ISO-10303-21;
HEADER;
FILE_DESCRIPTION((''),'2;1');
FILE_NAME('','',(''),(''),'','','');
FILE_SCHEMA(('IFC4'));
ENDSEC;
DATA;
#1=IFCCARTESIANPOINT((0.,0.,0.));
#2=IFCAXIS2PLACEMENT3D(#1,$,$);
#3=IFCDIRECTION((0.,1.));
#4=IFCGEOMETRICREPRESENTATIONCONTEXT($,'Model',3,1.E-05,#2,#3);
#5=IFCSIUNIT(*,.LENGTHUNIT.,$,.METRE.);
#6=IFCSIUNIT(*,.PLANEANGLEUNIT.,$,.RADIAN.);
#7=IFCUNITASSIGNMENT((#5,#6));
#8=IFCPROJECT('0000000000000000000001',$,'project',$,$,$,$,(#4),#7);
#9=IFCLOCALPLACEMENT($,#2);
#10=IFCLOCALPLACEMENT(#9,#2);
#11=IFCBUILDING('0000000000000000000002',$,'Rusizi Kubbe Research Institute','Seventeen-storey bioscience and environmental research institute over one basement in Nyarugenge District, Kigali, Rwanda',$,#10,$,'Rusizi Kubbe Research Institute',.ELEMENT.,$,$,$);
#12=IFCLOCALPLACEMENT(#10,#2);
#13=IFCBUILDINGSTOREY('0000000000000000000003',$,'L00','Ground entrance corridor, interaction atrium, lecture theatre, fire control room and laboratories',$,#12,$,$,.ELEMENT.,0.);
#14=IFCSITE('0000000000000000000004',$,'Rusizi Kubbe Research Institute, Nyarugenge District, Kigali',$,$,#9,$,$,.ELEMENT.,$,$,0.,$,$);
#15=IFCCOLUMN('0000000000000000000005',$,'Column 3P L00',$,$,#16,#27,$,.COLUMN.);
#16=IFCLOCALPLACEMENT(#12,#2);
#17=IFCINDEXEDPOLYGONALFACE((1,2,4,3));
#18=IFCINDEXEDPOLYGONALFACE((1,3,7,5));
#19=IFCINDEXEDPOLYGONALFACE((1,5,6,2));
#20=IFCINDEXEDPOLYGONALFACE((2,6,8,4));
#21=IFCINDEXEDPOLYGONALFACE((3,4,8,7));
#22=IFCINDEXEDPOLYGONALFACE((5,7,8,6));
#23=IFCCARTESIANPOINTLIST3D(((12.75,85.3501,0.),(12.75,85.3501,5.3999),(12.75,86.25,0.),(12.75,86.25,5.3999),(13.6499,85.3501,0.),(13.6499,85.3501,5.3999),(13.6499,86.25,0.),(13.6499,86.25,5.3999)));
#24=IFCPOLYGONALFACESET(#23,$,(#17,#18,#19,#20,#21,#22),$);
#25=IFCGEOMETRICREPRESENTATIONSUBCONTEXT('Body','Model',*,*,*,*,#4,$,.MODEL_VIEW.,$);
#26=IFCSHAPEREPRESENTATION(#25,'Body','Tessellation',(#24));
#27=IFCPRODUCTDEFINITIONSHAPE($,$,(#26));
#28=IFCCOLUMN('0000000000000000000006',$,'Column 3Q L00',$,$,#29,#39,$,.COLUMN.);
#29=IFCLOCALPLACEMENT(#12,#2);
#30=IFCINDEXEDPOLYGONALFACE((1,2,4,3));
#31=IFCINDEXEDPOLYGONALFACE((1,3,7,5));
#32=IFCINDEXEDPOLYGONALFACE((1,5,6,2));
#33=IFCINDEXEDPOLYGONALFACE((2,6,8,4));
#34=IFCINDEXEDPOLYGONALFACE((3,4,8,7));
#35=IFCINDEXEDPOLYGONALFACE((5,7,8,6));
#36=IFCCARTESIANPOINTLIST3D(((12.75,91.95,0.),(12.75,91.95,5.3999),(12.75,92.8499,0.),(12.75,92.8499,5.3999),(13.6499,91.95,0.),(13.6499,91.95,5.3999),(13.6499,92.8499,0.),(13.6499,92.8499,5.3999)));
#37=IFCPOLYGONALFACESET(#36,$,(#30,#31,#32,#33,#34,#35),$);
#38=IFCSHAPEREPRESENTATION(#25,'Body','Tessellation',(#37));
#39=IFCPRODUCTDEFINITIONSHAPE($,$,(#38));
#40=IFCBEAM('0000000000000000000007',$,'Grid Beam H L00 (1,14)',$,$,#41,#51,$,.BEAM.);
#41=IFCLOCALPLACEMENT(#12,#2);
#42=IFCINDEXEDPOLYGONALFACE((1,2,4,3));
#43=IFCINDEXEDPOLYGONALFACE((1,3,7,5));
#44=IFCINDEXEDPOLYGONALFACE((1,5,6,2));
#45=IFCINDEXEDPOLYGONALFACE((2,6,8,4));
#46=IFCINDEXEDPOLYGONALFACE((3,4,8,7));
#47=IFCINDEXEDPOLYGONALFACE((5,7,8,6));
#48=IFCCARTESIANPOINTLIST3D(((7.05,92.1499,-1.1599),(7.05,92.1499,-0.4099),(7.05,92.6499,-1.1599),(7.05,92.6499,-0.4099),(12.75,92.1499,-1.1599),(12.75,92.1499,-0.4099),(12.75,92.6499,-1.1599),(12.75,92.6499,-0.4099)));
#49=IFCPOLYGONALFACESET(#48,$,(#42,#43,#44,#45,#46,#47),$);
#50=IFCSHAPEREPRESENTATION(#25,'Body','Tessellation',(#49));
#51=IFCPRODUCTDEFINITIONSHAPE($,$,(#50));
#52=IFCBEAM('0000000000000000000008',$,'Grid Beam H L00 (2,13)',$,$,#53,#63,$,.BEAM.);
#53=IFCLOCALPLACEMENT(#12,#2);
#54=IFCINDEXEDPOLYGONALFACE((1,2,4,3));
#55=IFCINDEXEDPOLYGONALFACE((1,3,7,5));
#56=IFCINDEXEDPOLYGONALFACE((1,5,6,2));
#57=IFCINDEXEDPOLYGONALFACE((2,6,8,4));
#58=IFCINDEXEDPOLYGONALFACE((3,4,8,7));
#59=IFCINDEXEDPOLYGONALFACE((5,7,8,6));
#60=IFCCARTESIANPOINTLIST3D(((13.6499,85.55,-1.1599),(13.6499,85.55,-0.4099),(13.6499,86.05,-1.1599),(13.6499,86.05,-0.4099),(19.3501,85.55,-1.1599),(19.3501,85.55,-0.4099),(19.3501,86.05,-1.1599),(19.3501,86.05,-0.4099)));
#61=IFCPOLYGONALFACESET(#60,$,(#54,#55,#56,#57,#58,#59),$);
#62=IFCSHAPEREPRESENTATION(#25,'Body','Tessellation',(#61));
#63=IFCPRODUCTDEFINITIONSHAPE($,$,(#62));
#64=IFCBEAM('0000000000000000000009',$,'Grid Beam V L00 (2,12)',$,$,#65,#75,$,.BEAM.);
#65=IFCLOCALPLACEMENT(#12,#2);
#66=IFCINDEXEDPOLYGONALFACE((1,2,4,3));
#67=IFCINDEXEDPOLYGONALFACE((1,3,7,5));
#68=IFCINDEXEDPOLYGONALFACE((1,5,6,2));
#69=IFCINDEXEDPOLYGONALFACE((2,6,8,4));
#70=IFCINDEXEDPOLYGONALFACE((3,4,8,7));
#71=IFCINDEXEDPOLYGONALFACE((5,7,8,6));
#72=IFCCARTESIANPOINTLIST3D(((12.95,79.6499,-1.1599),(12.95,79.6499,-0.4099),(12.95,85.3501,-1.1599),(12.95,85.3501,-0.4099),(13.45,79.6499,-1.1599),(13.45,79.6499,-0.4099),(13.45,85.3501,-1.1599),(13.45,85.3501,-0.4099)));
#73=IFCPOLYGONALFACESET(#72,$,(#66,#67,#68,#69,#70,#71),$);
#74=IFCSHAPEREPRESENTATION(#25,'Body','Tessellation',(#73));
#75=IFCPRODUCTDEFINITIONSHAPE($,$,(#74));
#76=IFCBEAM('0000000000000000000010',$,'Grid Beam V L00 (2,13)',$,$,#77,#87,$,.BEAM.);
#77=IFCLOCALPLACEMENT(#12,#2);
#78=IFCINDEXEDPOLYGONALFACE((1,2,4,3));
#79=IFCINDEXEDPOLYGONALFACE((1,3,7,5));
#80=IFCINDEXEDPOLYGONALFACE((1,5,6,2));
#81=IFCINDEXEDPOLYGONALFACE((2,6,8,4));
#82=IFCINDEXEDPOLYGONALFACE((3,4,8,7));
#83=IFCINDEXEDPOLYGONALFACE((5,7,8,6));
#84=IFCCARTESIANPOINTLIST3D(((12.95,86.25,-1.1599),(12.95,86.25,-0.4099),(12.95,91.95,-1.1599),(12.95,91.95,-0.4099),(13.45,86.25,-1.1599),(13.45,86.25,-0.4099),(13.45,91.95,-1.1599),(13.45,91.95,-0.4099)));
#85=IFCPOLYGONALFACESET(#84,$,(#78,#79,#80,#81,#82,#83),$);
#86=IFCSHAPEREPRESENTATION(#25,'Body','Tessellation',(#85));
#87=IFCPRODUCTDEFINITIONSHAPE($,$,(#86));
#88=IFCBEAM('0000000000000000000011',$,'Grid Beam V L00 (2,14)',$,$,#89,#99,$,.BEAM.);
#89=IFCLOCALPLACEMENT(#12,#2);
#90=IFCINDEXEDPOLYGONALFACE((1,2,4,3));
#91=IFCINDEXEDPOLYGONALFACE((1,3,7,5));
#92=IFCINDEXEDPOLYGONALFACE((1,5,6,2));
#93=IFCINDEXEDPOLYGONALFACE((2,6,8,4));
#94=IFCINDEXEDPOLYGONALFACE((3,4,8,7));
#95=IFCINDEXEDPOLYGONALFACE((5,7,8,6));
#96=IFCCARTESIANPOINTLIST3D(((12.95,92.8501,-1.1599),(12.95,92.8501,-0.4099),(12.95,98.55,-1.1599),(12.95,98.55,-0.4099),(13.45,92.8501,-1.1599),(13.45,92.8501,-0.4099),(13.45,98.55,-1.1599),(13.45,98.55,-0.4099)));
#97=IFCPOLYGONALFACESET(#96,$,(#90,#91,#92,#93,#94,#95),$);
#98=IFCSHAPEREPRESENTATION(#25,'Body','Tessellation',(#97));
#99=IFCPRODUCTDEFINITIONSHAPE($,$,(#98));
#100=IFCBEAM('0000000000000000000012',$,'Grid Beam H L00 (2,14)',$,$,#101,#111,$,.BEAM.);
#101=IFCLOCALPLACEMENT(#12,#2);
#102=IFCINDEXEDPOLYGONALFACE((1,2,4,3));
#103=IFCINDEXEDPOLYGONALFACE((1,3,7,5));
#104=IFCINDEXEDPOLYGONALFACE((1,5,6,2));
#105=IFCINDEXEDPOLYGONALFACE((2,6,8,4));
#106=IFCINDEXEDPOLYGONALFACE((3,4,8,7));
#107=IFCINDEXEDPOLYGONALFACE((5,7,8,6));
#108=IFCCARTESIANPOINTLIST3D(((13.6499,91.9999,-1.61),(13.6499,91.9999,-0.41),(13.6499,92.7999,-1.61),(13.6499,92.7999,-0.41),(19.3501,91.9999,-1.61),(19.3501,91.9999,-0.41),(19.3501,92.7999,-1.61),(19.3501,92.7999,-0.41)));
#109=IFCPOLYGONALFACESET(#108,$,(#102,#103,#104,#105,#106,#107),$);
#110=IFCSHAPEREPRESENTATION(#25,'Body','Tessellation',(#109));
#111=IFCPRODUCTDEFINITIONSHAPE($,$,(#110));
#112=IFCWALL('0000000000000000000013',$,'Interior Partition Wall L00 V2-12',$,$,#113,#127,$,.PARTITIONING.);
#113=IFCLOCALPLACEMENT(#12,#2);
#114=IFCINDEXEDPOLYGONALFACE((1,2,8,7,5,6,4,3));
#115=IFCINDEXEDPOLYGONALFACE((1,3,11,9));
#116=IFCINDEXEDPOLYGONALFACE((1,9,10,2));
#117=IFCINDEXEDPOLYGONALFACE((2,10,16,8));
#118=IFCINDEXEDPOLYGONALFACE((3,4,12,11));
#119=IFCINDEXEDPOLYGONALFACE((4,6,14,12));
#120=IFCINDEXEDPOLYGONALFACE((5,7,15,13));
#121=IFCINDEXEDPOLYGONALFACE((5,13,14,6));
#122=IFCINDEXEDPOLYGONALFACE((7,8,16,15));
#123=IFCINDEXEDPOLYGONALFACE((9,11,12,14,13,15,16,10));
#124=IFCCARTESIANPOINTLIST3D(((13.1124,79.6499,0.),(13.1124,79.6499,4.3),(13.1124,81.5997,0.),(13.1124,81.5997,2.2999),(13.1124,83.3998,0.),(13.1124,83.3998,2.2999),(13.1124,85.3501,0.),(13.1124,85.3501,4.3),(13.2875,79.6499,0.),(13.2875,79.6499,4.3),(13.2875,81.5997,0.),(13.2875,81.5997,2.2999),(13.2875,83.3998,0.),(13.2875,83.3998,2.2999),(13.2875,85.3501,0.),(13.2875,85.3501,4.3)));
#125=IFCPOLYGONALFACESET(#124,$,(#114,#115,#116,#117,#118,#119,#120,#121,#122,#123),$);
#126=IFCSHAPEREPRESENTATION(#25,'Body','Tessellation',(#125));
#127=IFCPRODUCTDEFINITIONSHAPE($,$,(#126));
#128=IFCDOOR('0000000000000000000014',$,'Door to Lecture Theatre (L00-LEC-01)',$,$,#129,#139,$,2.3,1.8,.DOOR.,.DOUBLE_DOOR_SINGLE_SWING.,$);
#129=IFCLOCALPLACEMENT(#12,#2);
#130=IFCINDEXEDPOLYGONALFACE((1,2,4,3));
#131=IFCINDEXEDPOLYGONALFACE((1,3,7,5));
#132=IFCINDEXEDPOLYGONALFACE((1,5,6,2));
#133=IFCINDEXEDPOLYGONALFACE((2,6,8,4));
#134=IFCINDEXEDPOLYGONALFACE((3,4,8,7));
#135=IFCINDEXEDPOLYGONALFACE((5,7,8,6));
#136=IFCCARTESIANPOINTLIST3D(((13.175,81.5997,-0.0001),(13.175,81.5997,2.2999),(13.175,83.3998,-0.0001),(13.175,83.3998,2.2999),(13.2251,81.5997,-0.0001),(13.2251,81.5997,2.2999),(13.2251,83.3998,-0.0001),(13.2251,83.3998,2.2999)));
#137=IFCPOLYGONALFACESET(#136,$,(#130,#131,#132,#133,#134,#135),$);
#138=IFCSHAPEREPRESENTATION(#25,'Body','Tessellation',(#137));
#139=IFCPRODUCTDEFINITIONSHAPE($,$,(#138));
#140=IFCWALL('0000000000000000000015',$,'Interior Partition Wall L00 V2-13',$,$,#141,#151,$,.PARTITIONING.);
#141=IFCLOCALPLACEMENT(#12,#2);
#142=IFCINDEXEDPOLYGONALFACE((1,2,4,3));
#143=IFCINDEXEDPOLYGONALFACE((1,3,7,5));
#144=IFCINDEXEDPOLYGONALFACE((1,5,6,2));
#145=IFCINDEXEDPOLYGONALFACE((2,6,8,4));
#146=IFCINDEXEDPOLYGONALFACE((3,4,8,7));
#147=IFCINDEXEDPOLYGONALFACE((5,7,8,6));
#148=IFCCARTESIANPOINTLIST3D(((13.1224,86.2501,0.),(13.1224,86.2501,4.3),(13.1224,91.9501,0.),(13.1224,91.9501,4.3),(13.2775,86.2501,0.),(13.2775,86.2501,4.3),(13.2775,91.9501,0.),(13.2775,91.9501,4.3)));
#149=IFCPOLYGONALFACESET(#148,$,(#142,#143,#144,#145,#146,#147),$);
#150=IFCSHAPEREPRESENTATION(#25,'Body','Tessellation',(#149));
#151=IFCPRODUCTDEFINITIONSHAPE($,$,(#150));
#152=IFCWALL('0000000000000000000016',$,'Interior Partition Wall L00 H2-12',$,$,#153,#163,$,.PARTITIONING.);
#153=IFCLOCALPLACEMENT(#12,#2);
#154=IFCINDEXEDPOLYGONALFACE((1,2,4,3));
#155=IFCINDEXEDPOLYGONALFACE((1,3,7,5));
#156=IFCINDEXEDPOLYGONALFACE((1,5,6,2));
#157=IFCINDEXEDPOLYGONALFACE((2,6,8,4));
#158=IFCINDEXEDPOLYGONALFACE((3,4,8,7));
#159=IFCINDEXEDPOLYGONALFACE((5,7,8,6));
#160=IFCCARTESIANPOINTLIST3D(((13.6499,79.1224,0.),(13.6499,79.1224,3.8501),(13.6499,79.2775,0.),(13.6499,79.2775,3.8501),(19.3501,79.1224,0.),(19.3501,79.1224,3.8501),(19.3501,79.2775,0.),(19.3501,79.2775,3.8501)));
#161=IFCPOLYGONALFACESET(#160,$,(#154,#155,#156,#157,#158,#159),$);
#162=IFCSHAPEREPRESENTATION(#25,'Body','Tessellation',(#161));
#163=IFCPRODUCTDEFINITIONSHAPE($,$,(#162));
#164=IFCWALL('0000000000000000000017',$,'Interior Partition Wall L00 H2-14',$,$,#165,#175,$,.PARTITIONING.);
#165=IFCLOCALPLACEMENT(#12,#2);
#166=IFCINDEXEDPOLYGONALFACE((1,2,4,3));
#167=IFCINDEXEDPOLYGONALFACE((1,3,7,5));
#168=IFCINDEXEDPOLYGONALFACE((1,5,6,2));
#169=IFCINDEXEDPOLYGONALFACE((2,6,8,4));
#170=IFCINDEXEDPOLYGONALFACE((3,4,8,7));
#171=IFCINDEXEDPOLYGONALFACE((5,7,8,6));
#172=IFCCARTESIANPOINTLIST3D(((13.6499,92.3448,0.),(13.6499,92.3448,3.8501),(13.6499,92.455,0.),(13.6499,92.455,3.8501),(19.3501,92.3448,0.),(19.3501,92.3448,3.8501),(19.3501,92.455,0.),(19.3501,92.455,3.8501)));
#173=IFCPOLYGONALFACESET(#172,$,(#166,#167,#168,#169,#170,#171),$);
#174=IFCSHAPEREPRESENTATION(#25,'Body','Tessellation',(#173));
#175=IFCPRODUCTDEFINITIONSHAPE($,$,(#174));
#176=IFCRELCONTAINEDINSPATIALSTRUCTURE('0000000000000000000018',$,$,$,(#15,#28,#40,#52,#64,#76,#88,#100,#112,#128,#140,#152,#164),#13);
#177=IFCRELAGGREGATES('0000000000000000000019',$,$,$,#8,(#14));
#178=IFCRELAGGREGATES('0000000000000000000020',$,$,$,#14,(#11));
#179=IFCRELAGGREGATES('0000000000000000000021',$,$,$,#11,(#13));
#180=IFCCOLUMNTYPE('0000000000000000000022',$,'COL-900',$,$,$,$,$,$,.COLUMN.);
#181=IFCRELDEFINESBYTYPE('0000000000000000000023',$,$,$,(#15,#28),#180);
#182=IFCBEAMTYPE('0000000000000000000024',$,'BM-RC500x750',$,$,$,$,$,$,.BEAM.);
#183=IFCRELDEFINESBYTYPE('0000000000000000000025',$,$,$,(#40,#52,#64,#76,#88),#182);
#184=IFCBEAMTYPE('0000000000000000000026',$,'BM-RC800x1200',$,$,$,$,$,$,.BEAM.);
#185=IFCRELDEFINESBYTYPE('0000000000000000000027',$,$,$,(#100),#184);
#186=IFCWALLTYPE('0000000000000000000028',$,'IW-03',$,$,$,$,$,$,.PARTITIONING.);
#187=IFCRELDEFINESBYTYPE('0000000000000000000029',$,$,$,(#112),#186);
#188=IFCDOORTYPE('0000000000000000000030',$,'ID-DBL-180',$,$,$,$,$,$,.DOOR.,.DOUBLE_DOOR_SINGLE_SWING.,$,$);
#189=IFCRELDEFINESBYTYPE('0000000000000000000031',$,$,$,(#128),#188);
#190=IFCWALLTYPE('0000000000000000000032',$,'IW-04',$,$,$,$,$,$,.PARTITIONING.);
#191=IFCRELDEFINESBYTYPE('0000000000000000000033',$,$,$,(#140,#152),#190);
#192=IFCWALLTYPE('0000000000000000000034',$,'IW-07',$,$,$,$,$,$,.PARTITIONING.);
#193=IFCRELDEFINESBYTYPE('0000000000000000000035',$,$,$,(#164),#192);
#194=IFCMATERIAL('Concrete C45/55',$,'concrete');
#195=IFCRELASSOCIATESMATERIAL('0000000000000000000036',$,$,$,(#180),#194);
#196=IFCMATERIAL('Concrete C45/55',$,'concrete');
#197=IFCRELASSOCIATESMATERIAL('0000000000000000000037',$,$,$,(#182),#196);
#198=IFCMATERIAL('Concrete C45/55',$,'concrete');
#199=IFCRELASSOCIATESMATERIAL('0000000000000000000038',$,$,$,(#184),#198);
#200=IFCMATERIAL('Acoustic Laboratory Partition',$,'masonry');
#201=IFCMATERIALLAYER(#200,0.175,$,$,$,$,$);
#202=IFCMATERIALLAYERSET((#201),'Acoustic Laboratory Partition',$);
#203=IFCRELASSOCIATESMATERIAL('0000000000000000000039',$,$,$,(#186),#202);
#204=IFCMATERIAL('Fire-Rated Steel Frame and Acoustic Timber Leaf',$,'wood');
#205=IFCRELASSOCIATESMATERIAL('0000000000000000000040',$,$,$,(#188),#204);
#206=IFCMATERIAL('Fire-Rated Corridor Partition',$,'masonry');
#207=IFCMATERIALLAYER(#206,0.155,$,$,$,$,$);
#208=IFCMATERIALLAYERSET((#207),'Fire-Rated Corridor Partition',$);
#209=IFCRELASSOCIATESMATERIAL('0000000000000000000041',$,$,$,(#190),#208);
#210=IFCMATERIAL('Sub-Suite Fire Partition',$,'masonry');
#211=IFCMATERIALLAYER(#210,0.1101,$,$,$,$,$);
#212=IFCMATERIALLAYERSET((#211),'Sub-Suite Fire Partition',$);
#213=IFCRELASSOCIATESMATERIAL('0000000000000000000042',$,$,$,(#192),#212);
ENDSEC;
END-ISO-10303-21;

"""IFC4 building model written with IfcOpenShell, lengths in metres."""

from ifc_helpers import new_model, si_unit, direction, frame, frame_2d, origin, origin_2d, place, context, subcontext, project, spatial, rectangle, extrude, material, layer, layer_set, material_profile, profile_set, type_object, element, fill, save


model = new_model("IFC4")

# Units and contexts
model_context = context("Model", 3, precision=1e-05, world=origin(), true_north=direction((0.0, 1.0)))
body_context = subcontext(model_context, "Body", "Model", "MODEL_VIEW")
ifc_project = project(units=[si_unit("LENGTHUNIT", "METRE"), si_unit("PLANEANGLEUNIT", "RADIAN")], contexts=[model_context])

# Site, building, storey
site_placement = place(None, origin())
site = spatial("IfcSite", under=ifc_project, at=site_placement, Name="Rusizi Kubbe Research Institute, Nyarugenge District, Kigali", CompositionType="ELEMENT", RefElevation=0.0)
building_placement = place(site_placement, origin())
building = spatial("IfcBuilding", under=site, at=building_placement, Name="Rusizi Kubbe Research Institute", Description="Seventeen-storey bioscience and environmental research institute over one basement in Nyarugenge District, Kigali, Rwanda", LongName="Rusizi Kubbe Research Institute", CompositionType="ELEMENT")
storey_placement = place(building_placement, origin())
storey = spatial("IfcBuildingStorey", under=building, at=storey_placement, Name="L00", Description="Ground entrance corridor, interaction atrium, lecture theatre, fire control room and laboratories", CompositionType="ELEMENT", Elevation=0.0)

# Columns
ifc_material_1 = material(Name="Concrete C45/55", Category="concrete")
ifc_material_profile_1 = material_profile(ifc_material_1, rectangle(XDim=0.8999, YDim=0.8999, at=origin_2d()), Name="RC900x900")
ifc_profile_set_1 = profile_set([ifc_material_profile_1], Name="Concrete C45/55")
column_type = type_object("IfcColumnType", Name="COL-900", PredefinedType="COLUMN", material=ifc_profile_set_1)
for number, where, z_axis, x_axis, name in (
    (1, (13.2, 85.8, 0.0), (0.0, 0.0, 1.0), (1.0, 0.0, 0.0), "Column 3P L00"),
    (2, (13.2, 92.3999, 0.0), (0.0, 0.0, 1.0), (1.0, 0.0, 0.0), "Column 3Q L00"),
):
    element("IfcColumn", number, at=place(storey_placement, frame(where, z_axis=z_axis, x_axis=x_axis)), inside=storey, type_object=column_type, Name=name, PredefinedType="COLUMN", context=body_context, shape_type="SweptSolid", body=[
        extrude(rectangle(XDim=0.8999, YDim=0.8999, at=origin_2d()), origin(), (0.0, 0.0, 1.0), 5.3999),
    ])

# Beams
ifc_material_2 = material(Name="Concrete C45/55", Category="concrete")
ifc_material_profile_2 = material_profile(ifc_material_2, rectangle(XDim=0.5, YDim=0.75, at=origin_2d()), Name="RC500x750B")
ifc_profile_set_2 = profile_set([ifc_material_profile_2], Name="Concrete C45/55")
beam_type_1 = type_object("IfcBeamType", Name="BM-RC500x750", PredefinedType="BEAM", material=ifc_profile_set_2)
beam_1_placement = place(storey_placement, frame((7.05, 92.3999, -0.7849), z_axis=(1.0, 0.0, 0.0), x_axis=(0.0, 1.0, 0.0)))
element("IfcBeam", 3, at=beam_1_placement, inside=storey, type_object=beam_type_1, Name="Grid Beam H L00 (1,14)", PredefinedType="BEAM", context=body_context, shape_type="SweptSolid", body=[
    extrude(rectangle(XDim=0.5, YDim=0.75, at=origin_2d()), origin(), (0.0, 0.0, 1.0), 5.7),
])
for number, where, z_axis, x_axis, name in (
    (4, (13.6499, 85.8, -0.7849), (1.0, 0.0, 0.0), (0.0, 1.0, 0.0), "Grid Beam H L00 (2,13)"),
    (5, (13.2, 79.6499, -0.7849), (0.0, 1.0, 0.0), (-1.0, 0.0, 0.0), "Grid Beam V L00 (2,12)"),
):
    element("IfcBeam", number, at=place(storey_placement, frame(where, z_axis=z_axis, x_axis=x_axis)), inside=storey, type_object=beam_type_1, Name=name, PredefinedType="BEAM", context=body_context, shape_type="SweptSolid", body=[
        extrude(rectangle(XDim=0.5, YDim=0.75, at=origin_2d()), origin(), (0.0, 0.0, 1.0), 5.7002),
    ])
for number, where, z_axis, x_axis, name in (
    (6, (13.2, 86.25, -0.7849), (0.0, 1.0, 0.0), (-1.0, 0.0, 0.0), "Grid Beam V L00 (2,13)"),
    (7, (13.2, 92.8501, -0.7849), (0.0, 1.0, 0.0), (-1.0, 0.0, 0.0), "Grid Beam V L00 (2,14)"),
):
    element("IfcBeam", number, at=place(storey_placement, frame(where, z_axis=z_axis, x_axis=x_axis)), inside=storey, type_object=beam_type_1, Name=name, PredefinedType="BEAM", context=body_context, shape_type="SweptSolid", body=[
        extrude(rectangle(XDim=0.5, YDim=0.75, at=origin_2d()), origin(), (0.0, 0.0, 1.0), 5.7),
    ])
ifc_material_3 = material(Name="Concrete C45/55", Category="concrete")
ifc_material_profile_3 = material_profile(ifc_material_3, rectangle(XDim=0.8, YDim=1.2, at=origin_2d()), Name="RC800x1200")
ifc_profile_set_3 = profile_set([ifc_material_profile_3], Name="Concrete C45/55")
beam_type_2 = type_object("IfcBeamType", Name="BM-RC800x1200", PredefinedType="BEAM", material=ifc_profile_set_3)
beam_2_placement = place(storey_placement, frame((13.6499, 92.3999, -1.01), z_axis=(1.0, 0.0, 0.0), x_axis=(0.0, 1.0, 0.0)))
element("IfcBeam", 8, at=beam_2_placement, inside=storey, type_object=beam_type_2, Name="Grid Beam H L00 (2,14)", PredefinedType="BEAM", context=body_context, shape_type="SweptSolid", body=[
    extrude(rectangle(XDim=0.8, YDim=1.2, at=origin_2d()), origin(), (0.0, 0.0, 1.0), 5.7002),
])

# Wall, opening, door
ifc_material_4 = material(Name="Acoustic Laboratory Partition", Category="masonry")
ifc_layer_1 = layer(ifc_material_4, 0.175)
ifc_layer_set_1 = layer_set([ifc_layer_1], Name="Acoustic Laboratory Partition")
wall_type_1 = type_object("IfcWallType", Name="IW-03", PredefinedType="PARTITIONING", material=ifc_layer_set_1)
wall_1_placement = place(storey_placement, frame((13.2, 79.6499, 0.0), z_axis=(0.0, 0.0, 1.0), x_axis=(0.0, 1.0, 0.0)))
wall_1 = element("IfcWall", 9, at=wall_1_placement, inside=storey, type_object=wall_type_1, Name="Interior Partition Wall L00 V2-12", PredefinedType="PARTITIONING", context=body_context, shape_type="SweptSolid", body=[
    extrude(rectangle(XDim=5.7002, YDim=0.175, at=frame_2d((2.8501, 0.0))), origin(), (0.0, 0.0, 1.0), 4.3),
])
opening_placement = place(wall_1_placement, frame((1.95, 0.0, 0.0)))
opening = element("IfcOpeningElement", 10, at=opening_placement, cuts=wall_1, PredefinedType="OPENING", context=body_context, shape_type="SweptSolid", body=[
    extrude(rectangle(XDim=1.8, YDim=2.3, at=frame_2d((0.8999, 1.1499))), frame((0.0, 0.0974, 0.0), z_axis=(0.0, -1.0, 0.0), x_axis=(1.0, 0.0, 0.0)), (0.0, 0.0, 1.0), 0.1951),
])
ifc_material_5 = material(Name="Fire-Rated Steel Frame and Acoustic Timber Leaf", Category="wood")
door_type = type_object("IfcDoorType", Name="ID-DBL-180", OperationType="DOUBLE_DOOR_SINGLE_SWING", PredefinedType="DOOR", material=ifc_material_5)
door_placement = place(opening_placement, origin())
door = element("IfcDoor", 11, at=door_placement, inside=storey, type_object=door_type, Name="Door to Lecture Theatre (L00-LEC-01)", OperationType="DOUBLE_DOOR_SINGLE_SWING", OverallHeight=2.3, OverallWidth=1.8, PredefinedType="DOOR", context=body_context, shape_type="SweptSolid", body=[
    extrude(rectangle(XDim=1.8, YDim=2.3, at=frame_2d((0.8999, 1.1499))), frame((0.0, 0.0249, 0.0), z_axis=(0.0, -1.0, 0.0), x_axis=(1.0, 0.0, 0.0)), (0.0, 0.0, 1.0), 0.05),
])
fill(opening, door)

# Walls
ifc_material_6 = material(Name="Fire-Rated Corridor Partition", Category="masonry")
ifc_layer_2 = layer(ifc_material_6, 0.155)
ifc_layer_set_2 = layer_set([ifc_layer_2], Name="Fire-Rated Corridor Partition")
wall_type_2 = type_object("IfcWallType", Name="IW-04", PredefinedType="PARTITIONING", material=ifc_layer_set_2)
wall_2_placement = place(storey_placement, frame((13.2, 86.25, 0.0), z_axis=(0.0, 0.0, 1.0), x_axis=(0.0, 1.0, 0.0)))
element("IfcWall", 12, at=wall_2_placement, inside=storey, type_object=wall_type_2, Name="Interior Partition Wall L00 V2-13", PredefinedType="PARTITIONING", context=body_context, shape_type="SweptSolid", body=[
    extrude(rectangle(XDim=5.7, YDim=0.155, at=frame_2d((2.8501, 0.0))), origin(), (0.0, 0.0, 1.0), 4.3),
])
wall_3_placement = place(storey_placement, frame((13.6499, 79.2, 0.0), z_axis=(0.0, 0.0, 1.0), x_axis=(1.0, 0.0, 0.0)))
element("IfcWall", 13, at=wall_3_placement, inside=storey, type_object=wall_type_2, Name="Interior Partition Wall L00 H2-12", PredefinedType="PARTITIONING", context=body_context, shape_type="SweptSolid", body=[
    extrude(rectangle(XDim=5.7002, YDim=0.155, at=frame_2d((2.8501, 0.0))), origin(), (0.0, 0.0, 1.0), 3.8501),
])
ifc_material_7 = material(Name="Sub-Suite Fire Partition", Category="masonry")
ifc_layer_3 = layer(ifc_material_7, 0.1101)
ifc_layer_set_3 = layer_set([ifc_layer_3], Name="Sub-Suite Fire Partition")
wall_type_3 = type_object("IfcWallType", Name="IW-07", PredefinedType="PARTITIONING", material=ifc_layer_set_3)
wall_4_placement = place(storey_placement, frame((13.6499, 92.3999, 0.0), z_axis=(0.0, 0.0, 1.0), x_axis=(1.0, 0.0, 0.0)))
element("IfcWall", 14, at=wall_4_placement, inside=storey, type_object=wall_type_3, Name="Interior Partition Wall L00 H2-14", PredefinedType="PARTITIONING", context=body_context, shape_type="SweptSolid", body=[
    extrude(rectangle(XDim=5.7002, YDim=0.1101, at=frame_2d((2.8501, 0.0))), origin(), (0.0, 0.0, 1.0), 3.8501),
])

save(model, "model.ifc")
